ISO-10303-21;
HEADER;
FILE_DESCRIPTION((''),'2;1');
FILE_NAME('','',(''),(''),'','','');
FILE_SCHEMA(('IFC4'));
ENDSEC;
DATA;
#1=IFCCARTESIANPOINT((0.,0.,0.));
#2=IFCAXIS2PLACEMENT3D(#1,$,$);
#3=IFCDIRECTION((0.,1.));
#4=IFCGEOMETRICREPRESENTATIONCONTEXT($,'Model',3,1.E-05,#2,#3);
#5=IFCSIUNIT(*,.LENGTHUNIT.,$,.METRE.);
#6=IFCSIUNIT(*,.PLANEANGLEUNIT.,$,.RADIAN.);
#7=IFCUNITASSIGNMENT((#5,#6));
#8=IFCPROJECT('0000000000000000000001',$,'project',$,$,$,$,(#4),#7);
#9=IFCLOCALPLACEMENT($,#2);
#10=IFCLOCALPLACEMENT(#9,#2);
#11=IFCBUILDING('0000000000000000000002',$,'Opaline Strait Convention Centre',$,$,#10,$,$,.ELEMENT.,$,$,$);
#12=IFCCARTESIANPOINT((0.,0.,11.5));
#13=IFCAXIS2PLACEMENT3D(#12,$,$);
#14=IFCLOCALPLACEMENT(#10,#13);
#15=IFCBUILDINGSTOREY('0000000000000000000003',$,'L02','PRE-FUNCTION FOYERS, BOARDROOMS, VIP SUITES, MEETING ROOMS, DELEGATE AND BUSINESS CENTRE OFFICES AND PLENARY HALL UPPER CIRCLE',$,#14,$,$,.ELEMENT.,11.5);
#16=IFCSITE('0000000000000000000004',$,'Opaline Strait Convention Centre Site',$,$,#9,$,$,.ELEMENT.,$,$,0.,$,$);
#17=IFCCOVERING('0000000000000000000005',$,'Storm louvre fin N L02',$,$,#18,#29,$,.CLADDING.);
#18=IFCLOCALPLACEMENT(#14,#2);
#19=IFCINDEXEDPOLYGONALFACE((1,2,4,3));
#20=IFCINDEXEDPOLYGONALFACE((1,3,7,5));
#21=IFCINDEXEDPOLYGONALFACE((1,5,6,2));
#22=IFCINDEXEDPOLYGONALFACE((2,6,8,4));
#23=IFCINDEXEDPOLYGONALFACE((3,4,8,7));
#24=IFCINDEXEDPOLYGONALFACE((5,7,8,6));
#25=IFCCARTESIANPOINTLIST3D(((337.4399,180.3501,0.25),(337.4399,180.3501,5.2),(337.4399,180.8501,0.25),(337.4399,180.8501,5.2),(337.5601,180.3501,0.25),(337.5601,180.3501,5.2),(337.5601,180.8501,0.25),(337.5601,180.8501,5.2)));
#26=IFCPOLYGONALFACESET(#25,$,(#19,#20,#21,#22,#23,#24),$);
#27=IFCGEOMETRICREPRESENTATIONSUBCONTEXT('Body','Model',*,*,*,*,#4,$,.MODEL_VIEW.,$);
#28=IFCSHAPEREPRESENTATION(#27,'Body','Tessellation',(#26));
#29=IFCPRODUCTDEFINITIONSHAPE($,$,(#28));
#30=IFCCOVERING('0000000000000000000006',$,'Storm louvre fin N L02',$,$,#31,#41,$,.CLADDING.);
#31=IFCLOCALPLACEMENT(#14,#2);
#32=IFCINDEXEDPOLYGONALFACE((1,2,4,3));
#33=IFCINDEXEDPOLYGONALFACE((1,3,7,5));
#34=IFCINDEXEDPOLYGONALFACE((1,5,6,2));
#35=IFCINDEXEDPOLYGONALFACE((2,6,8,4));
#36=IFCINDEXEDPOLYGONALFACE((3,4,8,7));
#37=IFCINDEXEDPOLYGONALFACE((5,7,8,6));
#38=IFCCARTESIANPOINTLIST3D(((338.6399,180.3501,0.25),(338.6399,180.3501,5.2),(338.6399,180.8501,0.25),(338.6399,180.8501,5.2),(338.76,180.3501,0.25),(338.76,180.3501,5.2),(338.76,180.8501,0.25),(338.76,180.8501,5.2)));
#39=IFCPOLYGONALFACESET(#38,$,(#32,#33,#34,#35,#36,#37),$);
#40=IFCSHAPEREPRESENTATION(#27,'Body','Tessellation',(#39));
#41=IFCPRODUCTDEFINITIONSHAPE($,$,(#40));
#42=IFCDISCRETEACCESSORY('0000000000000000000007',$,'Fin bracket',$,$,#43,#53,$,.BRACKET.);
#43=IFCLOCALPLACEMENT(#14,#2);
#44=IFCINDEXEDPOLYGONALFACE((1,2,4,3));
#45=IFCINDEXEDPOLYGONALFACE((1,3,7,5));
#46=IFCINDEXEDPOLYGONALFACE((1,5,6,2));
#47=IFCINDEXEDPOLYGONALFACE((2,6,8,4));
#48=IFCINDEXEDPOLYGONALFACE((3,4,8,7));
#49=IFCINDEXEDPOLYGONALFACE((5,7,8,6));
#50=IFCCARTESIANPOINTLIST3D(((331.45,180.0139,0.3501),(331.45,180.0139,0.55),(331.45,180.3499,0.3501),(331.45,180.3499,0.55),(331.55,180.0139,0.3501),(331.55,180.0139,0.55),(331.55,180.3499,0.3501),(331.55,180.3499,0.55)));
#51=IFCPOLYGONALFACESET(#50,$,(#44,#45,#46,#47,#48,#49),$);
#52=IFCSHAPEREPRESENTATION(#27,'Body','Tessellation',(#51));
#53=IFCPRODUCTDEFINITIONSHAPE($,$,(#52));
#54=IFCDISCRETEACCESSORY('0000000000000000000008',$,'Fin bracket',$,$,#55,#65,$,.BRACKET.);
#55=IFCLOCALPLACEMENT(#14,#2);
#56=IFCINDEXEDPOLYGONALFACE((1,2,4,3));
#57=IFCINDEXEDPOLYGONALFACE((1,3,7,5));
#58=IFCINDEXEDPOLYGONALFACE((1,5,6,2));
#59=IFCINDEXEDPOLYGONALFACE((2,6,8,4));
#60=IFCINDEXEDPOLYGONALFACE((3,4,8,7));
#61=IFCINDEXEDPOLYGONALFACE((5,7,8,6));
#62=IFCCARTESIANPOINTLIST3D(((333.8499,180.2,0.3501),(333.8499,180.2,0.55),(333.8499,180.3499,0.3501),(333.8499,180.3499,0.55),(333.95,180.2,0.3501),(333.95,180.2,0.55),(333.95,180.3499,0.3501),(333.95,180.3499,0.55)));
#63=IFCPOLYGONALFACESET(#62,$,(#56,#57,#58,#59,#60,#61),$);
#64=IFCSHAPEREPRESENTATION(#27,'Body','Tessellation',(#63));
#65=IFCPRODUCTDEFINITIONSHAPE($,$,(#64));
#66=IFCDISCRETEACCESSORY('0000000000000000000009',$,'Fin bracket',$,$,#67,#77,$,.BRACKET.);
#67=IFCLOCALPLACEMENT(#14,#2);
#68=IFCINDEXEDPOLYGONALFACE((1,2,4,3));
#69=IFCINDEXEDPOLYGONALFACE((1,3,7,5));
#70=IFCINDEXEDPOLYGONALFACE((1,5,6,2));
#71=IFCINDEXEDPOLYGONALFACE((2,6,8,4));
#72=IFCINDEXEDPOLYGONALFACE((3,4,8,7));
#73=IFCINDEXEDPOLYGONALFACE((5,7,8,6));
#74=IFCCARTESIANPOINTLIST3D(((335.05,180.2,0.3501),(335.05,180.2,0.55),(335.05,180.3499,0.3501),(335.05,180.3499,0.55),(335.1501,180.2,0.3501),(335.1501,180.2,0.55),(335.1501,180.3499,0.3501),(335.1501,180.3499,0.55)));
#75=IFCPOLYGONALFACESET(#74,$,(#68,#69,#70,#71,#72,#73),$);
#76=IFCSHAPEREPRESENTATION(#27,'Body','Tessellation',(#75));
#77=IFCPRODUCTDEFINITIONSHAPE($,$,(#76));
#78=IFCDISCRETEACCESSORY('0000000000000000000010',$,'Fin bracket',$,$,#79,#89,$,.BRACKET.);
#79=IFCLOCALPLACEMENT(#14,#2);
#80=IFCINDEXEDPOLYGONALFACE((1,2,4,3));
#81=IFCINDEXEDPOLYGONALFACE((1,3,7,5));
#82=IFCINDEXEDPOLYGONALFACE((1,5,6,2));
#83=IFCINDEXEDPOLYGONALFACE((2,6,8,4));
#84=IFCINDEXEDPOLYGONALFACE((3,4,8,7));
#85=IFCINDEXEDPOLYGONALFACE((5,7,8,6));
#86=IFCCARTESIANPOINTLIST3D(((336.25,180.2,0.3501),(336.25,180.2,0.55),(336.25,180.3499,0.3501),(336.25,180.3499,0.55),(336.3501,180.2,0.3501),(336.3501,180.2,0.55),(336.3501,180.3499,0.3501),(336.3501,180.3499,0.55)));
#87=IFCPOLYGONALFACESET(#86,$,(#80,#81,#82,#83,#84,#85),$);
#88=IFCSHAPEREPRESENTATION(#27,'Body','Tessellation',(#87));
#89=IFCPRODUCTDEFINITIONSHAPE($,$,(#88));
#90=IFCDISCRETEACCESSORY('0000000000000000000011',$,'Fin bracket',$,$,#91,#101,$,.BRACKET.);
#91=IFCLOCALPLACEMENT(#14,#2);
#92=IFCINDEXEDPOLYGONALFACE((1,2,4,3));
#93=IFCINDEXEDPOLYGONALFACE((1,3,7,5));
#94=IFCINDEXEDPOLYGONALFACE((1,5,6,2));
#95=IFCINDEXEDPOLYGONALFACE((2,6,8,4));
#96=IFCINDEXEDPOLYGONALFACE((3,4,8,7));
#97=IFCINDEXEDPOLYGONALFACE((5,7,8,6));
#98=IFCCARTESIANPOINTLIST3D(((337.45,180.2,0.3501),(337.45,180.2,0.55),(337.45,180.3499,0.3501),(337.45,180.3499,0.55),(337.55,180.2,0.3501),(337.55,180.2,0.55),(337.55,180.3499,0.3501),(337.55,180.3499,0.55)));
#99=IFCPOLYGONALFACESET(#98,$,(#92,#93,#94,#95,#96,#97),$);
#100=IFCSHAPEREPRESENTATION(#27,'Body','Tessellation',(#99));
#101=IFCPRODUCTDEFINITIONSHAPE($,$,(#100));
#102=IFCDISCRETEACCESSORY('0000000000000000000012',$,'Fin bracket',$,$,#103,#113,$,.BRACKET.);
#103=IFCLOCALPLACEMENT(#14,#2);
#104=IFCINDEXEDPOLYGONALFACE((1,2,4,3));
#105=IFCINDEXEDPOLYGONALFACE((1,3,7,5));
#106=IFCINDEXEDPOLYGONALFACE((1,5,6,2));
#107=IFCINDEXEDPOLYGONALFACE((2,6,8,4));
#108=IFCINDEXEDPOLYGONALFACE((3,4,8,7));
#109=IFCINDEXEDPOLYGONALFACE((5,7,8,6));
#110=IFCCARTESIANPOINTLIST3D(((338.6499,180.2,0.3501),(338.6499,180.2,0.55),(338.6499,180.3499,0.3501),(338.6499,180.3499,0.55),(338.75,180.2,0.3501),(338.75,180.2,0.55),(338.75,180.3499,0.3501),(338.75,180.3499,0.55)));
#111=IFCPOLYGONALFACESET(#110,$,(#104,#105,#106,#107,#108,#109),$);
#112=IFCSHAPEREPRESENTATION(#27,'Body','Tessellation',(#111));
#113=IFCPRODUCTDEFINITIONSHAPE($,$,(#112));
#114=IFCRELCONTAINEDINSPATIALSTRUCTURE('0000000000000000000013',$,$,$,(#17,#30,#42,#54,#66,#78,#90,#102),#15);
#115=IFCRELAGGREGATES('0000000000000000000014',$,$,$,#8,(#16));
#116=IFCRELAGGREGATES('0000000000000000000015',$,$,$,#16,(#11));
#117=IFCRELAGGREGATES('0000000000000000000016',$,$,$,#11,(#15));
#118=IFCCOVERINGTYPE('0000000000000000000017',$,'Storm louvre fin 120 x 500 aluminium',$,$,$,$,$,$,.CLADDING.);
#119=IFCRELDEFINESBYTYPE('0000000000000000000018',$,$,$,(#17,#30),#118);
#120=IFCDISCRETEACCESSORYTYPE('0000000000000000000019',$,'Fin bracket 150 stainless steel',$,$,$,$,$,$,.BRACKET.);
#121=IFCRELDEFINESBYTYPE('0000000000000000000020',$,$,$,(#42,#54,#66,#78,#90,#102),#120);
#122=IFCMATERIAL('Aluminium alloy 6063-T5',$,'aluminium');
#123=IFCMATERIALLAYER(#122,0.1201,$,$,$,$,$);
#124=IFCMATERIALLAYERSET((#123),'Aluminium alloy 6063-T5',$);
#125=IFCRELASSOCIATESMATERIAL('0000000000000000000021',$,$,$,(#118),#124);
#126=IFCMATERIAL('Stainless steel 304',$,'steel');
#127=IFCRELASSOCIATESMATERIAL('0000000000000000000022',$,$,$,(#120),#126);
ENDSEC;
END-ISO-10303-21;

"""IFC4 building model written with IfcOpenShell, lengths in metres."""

from ifc_helpers import new_model, si_unit, direction, frame, origin, origin_2d, place, context, subcontext, project, spatial, rectangle, extrude, material, layer, layer_set, type_object, element, save


model = new_model("IFC4")

# Units and contexts
model_context = context("Model", 3, precision=1e-05, world=origin(), true_north=direction((0.0, 1.0)))
body_context = subcontext(model_context, "Body", "Model", "MODEL_VIEW")
ifc_project = project(units=[si_unit("LENGTHUNIT", "METRE"), si_unit("PLANEANGLEUNIT", "RADIAN")], contexts=[model_context])

# Site, building, storey
site_placement = place(None, origin())
site = spatial("IfcSite", under=ifc_project, at=site_placement, Name="Opaline Strait Convention Centre Site", CompositionType="ELEMENT", RefElevation=0.0)
building_placement = place(site_placement, origin())
building = spatial("IfcBuilding", under=site, at=building_placement, Name="Opaline Strait Convention Centre", CompositionType="ELEMENT")
storey_placement = place(building_placement, frame((0.0, 0.0, 11.5)))
storey = spatial("IfcBuildingStorey", under=building, at=storey_placement, Name="L02", Description="PRE-FUNCTION FOYERS, BOARDROOMS, VIP SUITES, MEETING ROOMS, DELEGATE AND BUSINESS CENTRE OFFICES AND PLENARY HALL UPPER CIRCLE", CompositionType="ELEMENT", Elevation=11.5)

# Coverings
ifc_material_1 = material(Name="Aluminium alloy 6063-T5", Category="aluminium")
ifc_layer_1 = layer(ifc_material_1, 0.1201)
ifc_layer_set_1 = layer_set([ifc_layer_1], Name="Aluminium alloy 6063-T5")
covering_type = type_object("IfcCoveringType", Name="Storm louvre fin 120 x 500 aluminium", PredefinedType="CLADDING", material=ifc_layer_set_1)
for number, where, z_axis, x_axis, name in (
    (1, (337.5, 180.6001, 0.25), (0.0, 0.0, 1.0), (1.0, 0.0, 0.0), "Storm louvre fin N L02"),
    (2, (338.7, 180.6001, 0.25), (0.0, 0.0, 1.0), (1.0, 0.0, 0.0), "Storm louvre fin N L02"),
):
    element("IfcCovering", number, at=place(storey_placement, frame(where, z_axis=z_axis, x_axis=x_axis)), inside=storey, type_object=covering_type, Name=name, PredefinedType="CLADDING", context=body_context, shape_type="SweptSolid", body=[
        extrude(rectangle(XDim=0.1201, YDim=0.5, at=origin_2d()), origin(), (0.0, 0.0, 1.0), 4.95),
    ])

# Discrete accessories
ifc_material_2 = material(Name="Stainless steel 304", Category="steel")
discrete_accessory_type = type_object("IfcDiscreteAccessoryType", Name="Fin bracket 150 stainless steel", PredefinedType="BRACKET", material=ifc_material_2)
discrete_accessory_placement = place(storey_placement, frame((331.5, 180.1819, 0.3501), z_axis=(0.0, 0.0, 1.0), x_axis=(1.0, 0.0, 0.0)))
element("IfcDiscreteAccessory", 3, at=discrete_accessory_placement, inside=storey, type_object=discrete_accessory_type, Name="Fin bracket", PredefinedType="BRACKET", context=body_context, shape_type="SweptSolid", body=[
    extrude(rectangle(XDim=0.1001, YDim=0.3359, at=origin_2d()), origin(), (0.0, 0.0, 1.0), 0.2),
])
for number, where, z_axis, x_axis, name in (
    (4, (333.8999, 180.2749, 0.3501), (0.0, 0.0, 1.0), (1.0, 0.0, 0.0), "Fin bracket"),
    (5, (335.1001, 180.2749, 0.3501), (0.0, 0.0, 1.0), (1.0, 0.0, 0.0), "Fin bracket"),
    (6, (336.3, 180.2749, 0.3501), (0.0, 0.0, 1.0), (1.0, 0.0, 0.0), "Fin bracket"),
    (7, (337.5, 180.2749, 0.3501), (0.0, 0.0, 1.0), (1.0, 0.0, 0.0), "Fin bracket"),
    (8, (338.7, 180.2749, 0.3501), (0.0, 0.0, 1.0), (1.0, 0.0, 0.0), "Fin bracket"),
):
    element("IfcDiscreteAccessory", number, at=place(storey_placement, frame(where, z_axis=z_axis, x_axis=x_axis)), inside=storey, type_object=discrete_accessory_type, Name=name, PredefinedType="BRACKET", context=body_context, shape_type="SweptSolid", body=[
        extrude(rectangle(XDim=0.1001, YDim=0.1499, at=origin_2d()), origin(), (0.0, 0.0, 1.0), 0.2),
    ])

save(model, "model.ifc")
